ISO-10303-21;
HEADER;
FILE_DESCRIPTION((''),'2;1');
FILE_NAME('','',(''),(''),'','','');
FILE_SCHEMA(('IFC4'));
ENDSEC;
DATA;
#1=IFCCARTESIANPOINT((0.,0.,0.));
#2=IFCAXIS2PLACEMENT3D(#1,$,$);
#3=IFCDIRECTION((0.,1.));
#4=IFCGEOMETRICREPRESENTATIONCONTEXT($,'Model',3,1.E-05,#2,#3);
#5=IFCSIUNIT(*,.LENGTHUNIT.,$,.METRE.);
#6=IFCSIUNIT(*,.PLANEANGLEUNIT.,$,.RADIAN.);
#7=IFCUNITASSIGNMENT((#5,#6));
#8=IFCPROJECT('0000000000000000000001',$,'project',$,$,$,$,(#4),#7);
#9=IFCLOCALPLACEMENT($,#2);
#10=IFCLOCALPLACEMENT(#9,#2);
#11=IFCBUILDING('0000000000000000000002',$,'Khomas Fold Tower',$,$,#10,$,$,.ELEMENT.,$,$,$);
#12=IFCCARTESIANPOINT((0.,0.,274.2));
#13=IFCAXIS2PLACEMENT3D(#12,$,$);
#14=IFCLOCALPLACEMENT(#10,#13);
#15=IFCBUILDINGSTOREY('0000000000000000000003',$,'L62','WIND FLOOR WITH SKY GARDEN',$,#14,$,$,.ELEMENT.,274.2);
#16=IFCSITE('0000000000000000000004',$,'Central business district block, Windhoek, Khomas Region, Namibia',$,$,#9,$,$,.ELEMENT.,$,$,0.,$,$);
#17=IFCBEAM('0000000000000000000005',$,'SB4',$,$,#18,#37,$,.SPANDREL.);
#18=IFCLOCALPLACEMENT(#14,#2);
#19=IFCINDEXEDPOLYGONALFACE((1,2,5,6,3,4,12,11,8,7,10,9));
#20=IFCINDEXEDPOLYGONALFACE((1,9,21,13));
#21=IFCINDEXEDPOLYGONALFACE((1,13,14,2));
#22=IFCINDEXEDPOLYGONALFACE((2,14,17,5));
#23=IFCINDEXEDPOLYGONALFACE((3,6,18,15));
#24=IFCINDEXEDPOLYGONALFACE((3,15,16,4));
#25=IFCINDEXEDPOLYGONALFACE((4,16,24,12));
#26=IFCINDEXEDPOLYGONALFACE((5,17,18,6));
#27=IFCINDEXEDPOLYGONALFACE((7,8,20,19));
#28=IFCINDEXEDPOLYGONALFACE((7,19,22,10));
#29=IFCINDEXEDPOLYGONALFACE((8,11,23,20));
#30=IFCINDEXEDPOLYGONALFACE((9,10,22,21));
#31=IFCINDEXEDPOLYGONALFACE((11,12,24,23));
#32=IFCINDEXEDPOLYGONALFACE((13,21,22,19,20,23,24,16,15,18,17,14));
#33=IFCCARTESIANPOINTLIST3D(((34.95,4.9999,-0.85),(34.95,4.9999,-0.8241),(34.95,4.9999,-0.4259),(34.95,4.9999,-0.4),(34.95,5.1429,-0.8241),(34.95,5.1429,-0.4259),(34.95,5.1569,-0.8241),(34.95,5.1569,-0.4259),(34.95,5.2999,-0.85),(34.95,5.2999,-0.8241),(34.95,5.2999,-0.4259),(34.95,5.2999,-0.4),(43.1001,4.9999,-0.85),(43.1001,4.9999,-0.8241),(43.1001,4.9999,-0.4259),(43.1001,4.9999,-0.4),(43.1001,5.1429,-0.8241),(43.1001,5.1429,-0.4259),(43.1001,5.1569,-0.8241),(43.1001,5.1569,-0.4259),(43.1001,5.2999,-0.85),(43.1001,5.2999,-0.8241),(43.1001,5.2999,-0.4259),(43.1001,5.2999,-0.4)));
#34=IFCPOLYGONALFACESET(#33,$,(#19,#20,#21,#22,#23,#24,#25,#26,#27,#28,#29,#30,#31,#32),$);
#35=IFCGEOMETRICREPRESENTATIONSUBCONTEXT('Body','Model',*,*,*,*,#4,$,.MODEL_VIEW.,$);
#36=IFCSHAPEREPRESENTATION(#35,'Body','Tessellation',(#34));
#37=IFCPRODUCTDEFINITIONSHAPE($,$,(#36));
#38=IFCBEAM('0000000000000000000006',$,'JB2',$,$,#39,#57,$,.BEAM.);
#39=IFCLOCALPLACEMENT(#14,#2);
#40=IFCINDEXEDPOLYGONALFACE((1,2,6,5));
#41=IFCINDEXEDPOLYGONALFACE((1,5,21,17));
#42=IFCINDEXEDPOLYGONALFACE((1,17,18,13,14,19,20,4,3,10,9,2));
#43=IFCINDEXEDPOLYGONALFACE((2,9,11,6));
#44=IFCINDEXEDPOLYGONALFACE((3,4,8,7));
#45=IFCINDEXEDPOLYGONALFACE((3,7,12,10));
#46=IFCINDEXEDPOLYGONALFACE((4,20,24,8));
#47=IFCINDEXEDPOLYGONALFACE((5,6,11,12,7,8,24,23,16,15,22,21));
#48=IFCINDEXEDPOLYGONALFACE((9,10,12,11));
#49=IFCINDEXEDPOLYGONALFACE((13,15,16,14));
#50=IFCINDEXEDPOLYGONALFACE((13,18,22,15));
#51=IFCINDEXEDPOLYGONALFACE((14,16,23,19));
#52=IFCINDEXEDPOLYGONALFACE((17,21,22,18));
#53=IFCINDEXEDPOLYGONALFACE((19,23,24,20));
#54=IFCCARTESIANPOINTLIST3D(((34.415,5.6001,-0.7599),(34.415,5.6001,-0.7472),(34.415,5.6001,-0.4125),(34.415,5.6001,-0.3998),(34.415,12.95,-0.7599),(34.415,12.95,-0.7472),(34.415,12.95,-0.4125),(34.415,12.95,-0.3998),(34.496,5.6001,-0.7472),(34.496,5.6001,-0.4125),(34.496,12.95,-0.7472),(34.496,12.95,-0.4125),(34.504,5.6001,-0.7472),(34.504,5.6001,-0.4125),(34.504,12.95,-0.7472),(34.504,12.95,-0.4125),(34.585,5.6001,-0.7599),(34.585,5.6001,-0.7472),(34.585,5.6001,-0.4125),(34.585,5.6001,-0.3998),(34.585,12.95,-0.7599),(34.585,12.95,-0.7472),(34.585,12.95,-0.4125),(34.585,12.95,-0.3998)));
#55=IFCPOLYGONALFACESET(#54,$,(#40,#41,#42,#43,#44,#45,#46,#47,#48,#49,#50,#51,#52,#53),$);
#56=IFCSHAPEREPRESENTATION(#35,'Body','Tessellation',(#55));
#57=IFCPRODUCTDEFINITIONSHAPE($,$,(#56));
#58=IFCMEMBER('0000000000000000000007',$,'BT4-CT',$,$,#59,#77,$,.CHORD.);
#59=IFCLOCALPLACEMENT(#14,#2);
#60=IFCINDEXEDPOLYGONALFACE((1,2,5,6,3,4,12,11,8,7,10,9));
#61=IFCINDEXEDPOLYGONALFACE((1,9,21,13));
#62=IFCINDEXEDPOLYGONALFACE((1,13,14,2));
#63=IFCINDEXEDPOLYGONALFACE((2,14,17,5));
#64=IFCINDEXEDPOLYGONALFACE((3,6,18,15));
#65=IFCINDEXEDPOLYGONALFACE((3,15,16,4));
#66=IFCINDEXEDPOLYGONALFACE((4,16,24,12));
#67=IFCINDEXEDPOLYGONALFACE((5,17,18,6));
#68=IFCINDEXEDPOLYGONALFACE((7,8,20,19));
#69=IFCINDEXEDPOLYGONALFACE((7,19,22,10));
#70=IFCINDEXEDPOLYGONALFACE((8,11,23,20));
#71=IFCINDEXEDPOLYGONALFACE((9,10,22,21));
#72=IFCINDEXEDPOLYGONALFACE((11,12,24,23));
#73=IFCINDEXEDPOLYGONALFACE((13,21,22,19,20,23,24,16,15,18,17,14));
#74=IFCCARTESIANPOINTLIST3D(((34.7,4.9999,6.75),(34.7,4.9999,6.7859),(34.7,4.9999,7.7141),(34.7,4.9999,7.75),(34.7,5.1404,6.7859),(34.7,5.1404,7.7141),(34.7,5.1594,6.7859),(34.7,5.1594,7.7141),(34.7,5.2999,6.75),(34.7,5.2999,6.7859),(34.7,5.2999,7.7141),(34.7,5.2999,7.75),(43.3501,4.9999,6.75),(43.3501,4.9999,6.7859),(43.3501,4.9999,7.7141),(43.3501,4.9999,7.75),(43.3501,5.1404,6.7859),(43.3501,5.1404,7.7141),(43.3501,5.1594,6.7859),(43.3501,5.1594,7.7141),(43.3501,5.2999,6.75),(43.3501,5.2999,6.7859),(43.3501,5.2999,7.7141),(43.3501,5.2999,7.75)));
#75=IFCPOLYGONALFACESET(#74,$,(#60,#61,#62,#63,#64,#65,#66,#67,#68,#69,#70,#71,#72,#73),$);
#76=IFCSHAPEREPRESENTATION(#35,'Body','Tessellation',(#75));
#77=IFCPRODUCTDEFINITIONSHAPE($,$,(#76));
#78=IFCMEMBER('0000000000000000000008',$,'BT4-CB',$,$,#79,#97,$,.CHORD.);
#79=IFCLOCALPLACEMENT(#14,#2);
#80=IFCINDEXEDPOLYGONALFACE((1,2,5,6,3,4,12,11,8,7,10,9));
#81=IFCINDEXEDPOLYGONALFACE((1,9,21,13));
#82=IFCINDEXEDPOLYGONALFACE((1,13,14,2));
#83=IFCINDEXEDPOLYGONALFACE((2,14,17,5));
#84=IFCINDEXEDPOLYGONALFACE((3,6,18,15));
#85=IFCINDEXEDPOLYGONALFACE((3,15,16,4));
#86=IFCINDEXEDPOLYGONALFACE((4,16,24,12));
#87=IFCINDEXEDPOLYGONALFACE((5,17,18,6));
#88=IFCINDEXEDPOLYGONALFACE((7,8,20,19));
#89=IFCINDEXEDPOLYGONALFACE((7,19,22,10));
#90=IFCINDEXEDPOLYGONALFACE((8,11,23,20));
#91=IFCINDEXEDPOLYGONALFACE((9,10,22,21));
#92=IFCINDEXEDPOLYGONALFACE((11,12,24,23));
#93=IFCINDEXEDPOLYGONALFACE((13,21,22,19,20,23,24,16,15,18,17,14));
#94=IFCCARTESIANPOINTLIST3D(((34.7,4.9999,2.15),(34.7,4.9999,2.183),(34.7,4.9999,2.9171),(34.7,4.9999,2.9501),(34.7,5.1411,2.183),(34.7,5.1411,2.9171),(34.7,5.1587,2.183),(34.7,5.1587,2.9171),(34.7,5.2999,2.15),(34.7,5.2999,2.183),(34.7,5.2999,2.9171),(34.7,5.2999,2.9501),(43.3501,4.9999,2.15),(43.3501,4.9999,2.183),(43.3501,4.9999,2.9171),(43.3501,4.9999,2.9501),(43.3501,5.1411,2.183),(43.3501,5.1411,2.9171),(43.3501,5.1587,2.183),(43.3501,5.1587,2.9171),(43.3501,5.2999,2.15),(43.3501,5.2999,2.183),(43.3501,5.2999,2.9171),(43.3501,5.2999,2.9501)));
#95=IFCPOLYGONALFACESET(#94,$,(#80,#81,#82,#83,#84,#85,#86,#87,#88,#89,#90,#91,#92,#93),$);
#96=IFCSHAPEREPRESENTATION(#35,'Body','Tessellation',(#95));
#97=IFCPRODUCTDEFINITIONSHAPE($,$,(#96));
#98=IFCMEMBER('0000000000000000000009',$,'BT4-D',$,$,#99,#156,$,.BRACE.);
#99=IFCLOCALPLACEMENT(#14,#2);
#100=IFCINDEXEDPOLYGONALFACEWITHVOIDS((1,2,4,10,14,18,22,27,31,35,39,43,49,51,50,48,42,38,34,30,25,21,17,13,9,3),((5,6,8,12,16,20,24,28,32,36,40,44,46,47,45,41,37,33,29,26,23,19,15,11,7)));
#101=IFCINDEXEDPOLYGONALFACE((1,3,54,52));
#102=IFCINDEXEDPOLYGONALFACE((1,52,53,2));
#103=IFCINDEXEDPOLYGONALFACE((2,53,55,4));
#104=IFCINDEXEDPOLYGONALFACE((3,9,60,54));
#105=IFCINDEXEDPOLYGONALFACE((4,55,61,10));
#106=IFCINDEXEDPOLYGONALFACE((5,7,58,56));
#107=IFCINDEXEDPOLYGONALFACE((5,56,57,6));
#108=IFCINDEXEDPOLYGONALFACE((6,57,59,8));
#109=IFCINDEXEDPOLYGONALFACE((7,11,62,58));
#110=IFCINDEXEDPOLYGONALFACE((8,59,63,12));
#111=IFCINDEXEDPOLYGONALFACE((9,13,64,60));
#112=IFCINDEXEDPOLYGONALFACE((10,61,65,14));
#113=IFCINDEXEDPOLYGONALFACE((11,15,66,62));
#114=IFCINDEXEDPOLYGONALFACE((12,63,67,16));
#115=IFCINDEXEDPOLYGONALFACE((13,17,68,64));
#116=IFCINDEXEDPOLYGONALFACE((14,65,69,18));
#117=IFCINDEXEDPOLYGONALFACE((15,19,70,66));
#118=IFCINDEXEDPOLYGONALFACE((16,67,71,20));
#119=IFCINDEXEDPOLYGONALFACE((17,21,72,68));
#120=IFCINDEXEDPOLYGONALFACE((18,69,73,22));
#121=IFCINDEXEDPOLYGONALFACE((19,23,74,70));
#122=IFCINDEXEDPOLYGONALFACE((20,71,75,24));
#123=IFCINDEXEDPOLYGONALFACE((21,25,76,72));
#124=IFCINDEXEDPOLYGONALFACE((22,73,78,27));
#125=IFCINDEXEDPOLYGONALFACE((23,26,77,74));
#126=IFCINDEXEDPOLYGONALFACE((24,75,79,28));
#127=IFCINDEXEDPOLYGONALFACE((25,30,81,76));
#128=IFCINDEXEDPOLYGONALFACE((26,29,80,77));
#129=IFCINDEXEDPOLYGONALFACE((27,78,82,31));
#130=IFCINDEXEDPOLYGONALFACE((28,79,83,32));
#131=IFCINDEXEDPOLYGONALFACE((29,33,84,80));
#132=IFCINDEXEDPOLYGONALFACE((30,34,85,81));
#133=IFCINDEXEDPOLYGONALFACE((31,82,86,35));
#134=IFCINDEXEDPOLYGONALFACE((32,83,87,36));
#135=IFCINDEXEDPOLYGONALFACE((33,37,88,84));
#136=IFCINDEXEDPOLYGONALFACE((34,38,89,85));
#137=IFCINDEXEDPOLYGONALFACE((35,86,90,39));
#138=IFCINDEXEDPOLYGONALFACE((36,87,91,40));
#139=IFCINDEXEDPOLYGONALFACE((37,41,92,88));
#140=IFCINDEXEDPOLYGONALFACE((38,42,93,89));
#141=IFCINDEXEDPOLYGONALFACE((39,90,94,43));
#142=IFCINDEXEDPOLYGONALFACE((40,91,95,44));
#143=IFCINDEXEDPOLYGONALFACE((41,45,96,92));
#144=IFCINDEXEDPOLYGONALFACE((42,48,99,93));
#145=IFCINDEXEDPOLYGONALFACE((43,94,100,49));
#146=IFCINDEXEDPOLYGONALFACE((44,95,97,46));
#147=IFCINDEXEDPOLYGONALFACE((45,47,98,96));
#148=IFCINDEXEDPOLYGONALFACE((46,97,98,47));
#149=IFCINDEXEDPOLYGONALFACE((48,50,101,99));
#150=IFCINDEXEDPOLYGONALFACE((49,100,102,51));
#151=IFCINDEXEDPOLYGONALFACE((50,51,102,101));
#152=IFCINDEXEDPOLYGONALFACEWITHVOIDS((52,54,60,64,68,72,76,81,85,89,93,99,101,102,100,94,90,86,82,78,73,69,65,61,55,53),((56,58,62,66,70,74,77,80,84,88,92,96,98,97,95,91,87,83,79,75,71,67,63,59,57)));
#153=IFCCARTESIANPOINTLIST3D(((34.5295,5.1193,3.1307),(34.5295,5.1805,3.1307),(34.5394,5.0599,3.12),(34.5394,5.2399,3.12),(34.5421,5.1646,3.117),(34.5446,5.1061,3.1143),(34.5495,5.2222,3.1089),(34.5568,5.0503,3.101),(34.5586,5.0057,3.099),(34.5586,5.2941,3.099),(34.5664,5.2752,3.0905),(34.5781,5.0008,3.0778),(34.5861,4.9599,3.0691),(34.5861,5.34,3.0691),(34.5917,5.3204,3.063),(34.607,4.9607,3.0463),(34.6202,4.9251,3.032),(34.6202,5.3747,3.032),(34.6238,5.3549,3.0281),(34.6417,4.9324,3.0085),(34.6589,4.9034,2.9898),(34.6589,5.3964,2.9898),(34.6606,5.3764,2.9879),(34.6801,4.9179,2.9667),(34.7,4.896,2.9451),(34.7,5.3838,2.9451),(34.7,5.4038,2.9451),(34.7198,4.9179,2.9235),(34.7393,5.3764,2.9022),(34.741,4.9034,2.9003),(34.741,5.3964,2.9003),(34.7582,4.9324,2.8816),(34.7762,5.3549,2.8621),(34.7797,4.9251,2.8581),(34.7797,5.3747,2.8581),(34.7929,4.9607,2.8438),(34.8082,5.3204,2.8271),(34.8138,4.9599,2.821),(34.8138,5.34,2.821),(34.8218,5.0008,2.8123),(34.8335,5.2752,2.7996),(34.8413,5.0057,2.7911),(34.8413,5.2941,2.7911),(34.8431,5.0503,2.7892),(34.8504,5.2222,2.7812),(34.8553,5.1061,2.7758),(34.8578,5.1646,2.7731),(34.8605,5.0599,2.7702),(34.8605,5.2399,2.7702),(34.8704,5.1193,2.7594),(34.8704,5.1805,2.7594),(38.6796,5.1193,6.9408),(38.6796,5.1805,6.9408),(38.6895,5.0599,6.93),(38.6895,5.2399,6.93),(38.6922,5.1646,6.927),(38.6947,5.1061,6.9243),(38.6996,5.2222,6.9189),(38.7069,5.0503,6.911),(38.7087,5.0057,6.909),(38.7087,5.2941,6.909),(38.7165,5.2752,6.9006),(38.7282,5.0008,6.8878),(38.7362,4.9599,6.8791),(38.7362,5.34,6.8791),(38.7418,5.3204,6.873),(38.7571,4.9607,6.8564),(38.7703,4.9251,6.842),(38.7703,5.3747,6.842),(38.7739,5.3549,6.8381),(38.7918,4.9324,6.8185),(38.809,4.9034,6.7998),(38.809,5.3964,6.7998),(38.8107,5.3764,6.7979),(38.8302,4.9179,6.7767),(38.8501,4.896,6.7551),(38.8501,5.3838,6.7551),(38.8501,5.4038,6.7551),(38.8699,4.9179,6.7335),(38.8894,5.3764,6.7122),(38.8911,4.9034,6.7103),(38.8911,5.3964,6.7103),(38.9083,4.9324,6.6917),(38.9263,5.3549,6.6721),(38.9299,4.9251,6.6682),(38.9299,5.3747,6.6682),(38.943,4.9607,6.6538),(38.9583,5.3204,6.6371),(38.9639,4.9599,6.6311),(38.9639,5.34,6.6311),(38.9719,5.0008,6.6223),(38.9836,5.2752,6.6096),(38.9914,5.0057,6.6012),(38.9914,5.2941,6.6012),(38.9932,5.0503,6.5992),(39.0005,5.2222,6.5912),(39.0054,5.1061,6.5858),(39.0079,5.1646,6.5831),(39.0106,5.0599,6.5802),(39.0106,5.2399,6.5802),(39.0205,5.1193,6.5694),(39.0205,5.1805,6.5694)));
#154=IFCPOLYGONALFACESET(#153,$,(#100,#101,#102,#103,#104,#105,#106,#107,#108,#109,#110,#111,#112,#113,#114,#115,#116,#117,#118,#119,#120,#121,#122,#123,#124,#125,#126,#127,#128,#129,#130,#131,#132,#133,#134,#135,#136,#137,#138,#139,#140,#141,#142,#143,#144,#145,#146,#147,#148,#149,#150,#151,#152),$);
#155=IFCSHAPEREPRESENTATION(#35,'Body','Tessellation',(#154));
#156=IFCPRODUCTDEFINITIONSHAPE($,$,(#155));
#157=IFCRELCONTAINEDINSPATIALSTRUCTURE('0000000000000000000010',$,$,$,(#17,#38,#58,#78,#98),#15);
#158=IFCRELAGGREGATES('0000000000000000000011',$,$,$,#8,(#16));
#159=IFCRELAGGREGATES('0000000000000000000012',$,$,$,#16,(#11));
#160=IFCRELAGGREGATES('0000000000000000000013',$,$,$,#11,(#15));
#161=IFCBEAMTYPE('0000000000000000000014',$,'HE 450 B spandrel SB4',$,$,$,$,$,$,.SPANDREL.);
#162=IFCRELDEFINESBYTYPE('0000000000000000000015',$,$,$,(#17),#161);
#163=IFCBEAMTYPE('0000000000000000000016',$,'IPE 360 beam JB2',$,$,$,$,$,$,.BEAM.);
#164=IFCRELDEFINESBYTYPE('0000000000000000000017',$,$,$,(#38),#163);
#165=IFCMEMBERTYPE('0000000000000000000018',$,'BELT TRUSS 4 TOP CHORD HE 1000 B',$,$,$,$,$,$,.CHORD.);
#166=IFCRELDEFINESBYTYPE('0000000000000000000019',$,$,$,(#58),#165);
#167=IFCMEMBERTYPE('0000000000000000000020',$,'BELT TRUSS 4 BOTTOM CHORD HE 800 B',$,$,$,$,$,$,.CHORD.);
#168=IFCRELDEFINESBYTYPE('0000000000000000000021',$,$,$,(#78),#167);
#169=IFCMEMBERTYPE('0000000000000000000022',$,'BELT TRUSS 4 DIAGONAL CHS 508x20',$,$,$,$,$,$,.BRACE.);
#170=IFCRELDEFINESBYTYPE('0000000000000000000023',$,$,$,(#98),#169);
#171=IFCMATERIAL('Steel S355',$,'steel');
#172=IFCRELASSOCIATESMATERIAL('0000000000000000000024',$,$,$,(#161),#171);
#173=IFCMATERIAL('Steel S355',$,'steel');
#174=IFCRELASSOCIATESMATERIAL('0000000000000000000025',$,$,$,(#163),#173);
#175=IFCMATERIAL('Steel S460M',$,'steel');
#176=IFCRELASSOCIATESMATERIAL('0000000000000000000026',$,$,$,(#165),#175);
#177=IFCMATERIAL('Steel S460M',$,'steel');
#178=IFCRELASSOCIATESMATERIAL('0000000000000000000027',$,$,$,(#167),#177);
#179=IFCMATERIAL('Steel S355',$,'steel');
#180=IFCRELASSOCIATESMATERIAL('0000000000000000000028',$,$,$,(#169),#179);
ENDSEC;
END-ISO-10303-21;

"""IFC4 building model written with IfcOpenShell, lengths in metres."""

from ifc_helpers import new_model, si_unit, direction, frame, origin, origin_2d, place, context, subcontext, project, spatial, hollow_circle, i_section, extrude, source, transform, mapped, material, material_profile, profile_set, type_object, element, save


model = new_model("IFC4")

# Units and contexts
model_context = context("Model", 3, precision=1e-05, world=origin(), true_north=direction((0.0, 1.0)))
body_context = subcontext(model_context, "Body", "Model", "MODEL_VIEW")
ifc_project = project(units=[si_unit("LENGTHUNIT", "METRE"), si_unit("PLANEANGLEUNIT", "RADIAN")], contexts=[model_context])

# Site, building, storey
site_placement = place(None, origin())
site = spatial("IfcSite", under=ifc_project, at=site_placement, Name="Central business district block, Windhoek, Khomas Region, Namibia", CompositionType="ELEMENT", RefElevation=0.0)
building_placement = place(site_placement, origin())
building = spatial("IfcBuilding", under=site, at=building_placement, Name="Khomas Fold Tower", CompositionType="ELEMENT")
storey_placement = place(building_placement, frame((0.0, 0.0, 274.2)))
storey = spatial("IfcBuildingStorey", under=building, at=storey_placement, Name="L62", Description="WIND FLOOR WITH SKY GARDEN", CompositionType="ELEMENT", Elevation=274.2)

# Beams
ifc_material_1 = material(Name="Steel S355", Category="steel")
ifc_material_profile_1 = material_profile(ifc_material_1, i_section(OverallWidth=0.3, OverallDepth=0.45, WebThickness=0.0139, FlangeThickness=0.0259, at=origin_2d()), Name="HE 450 B")
ifc_profile_set_1 = profile_set([ifc_material_profile_1], Name="Steel S355")
beam_type_1 = type_object("IfcBeamType", Name="HE 450 B spandrel SB4", PredefinedType="SPANDREL", material=ifc_profile_set_1)
shared_shape_1 = source(origin(), body_context, "Body", "SweptSolid", [
    extrude(i_section(OverallWidth=0.3, OverallDepth=0.45, WebThickness=0.0139, FlangeThickness=0.0259, at=origin_2d()), origin(), (0.0, 0.0, 1.0), 8.1501),
])
beam_1_placement = place(storey_placement, frame((34.95, 5.1499, -0.625), z_axis=(1.0, 0.0, 0.0), x_axis=(0.0, 1.0, 0.0)))
element("IfcBeam", 1, at=beam_1_placement, inside=storey, type_object=beam_type_1, Name="SB4", PredefinedType="SPANDREL", context=body_context, shape_type="MappedRepresentation", body=[
    mapped(shared_shape_1, transform((0.0, 0.0, 0.0))),
])
ifc_material_2 = material(Name="Steel S355", Category="steel")
ifc_material_profile_2 = material_profile(ifc_material_2, i_section(OverallWidth=0.1699, OverallDepth=0.3601, WebThickness=0.0081, FlangeThickness=0.0127, at=origin_2d()), Name="IPE 360")
ifc_profile_set_2 = profile_set([ifc_material_profile_2], Name="Steel S355")
beam_type_2 = type_object("IfcBeamType", Name="IPE 360 beam JB2", PredefinedType="BEAM", material=ifc_profile_set_2)
shared_shape_2 = source(origin(), body_context, "Body", "SweptSolid", [
    extrude(i_section(OverallWidth=0.1699, OverallDepth=0.3601, WebThickness=0.0081, FlangeThickness=0.0127, at=origin_2d()), origin(), (0.0, 0.0, 1.0), 7.3499),
])
beam_2_placement = place(storey_placement, frame((34.5, 5.6001, -0.5798), z_axis=(0.0, 1.0, 0.0), x_axis=(-1.0, 0.0, 0.0)))
element("IfcBeam", 2, at=beam_2_placement, inside=storey, type_object=beam_type_2, Name="JB2", PredefinedType="BEAM", context=body_context, shape_type="MappedRepresentation", body=[
    mapped(shared_shape_2, transform((0.0, 0.0, 0.0))),
])

# Members
ifc_material_3 = material(Name="Steel S460M", Category="steel")
ifc_material_profile_3 = material_profile(ifc_material_3, i_section(OverallWidth=0.3, OverallDepth=1.0, WebThickness=0.019, FlangeThickness=0.0359, at=origin_2d()), Name="HE 1000 B")
ifc_profile_set_3 = profile_set([ifc_material_profile_3], Name="Steel S460M")
member_type_1 = type_object("IfcMemberType", Name="BELT TRUSS 4 TOP CHORD HE 1000 B", PredefinedType="CHORD", material=ifc_profile_set_3)
shared_shape_3 = source(origin(), body_context, "Body", "SweptSolid", [
    extrude(i_section(OverallWidth=0.3, OverallDepth=1.0, WebThickness=0.019, FlangeThickness=0.0359, at=origin_2d()), origin(), (0.0, 0.0, 1.0), 8.6501),
])
member_1_placement = place(storey_placement, frame((34.7, 5.1499, 7.25), z_axis=(1.0, 0.0, 0.0), x_axis=(0.0, 1.0, 0.0)))
element("IfcMember", 3, at=member_1_placement, inside=storey, type_object=member_type_1, Name="BT4-CT", PredefinedType="CHORD", context=body_context, shape_type="MappedRepresentation", body=[
    mapped(shared_shape_3, transform((0.0, 0.0, 0.0))),
])
ifc_material_4 = material(Name="Steel S460M", Category="steel")
ifc_material_profile_4 = material_profile(ifc_material_4, i_section(OverallWidth=0.3, OverallDepth=0.8, WebThickness=0.0176, FlangeThickness=0.033, at=origin_2d()), Name="HE 800 B")
ifc_profile_set_4 = profile_set([ifc_material_profile_4], Name="Steel S460M")
member_type_2 = type_object("IfcMemberType", Name="BELT TRUSS 4 BOTTOM CHORD HE 800 B", PredefinedType="CHORD", material=ifc_profile_set_4)
shared_shape_4 = source(origin(), body_context, "Body", "SweptSolid", [
    extrude(i_section(OverallWidth=0.3, OverallDepth=0.8, WebThickness=0.0176, FlangeThickness=0.033, at=origin_2d()), origin(), (0.0, 0.0, 1.0), 8.6501),
])
member_2_placement = place(storey_placement, frame((34.7, 5.1499, 2.55), z_axis=(1.0, 0.0, 0.0), x_axis=(0.0, 1.0, 0.0)))
element("IfcMember", 4, at=member_2_placement, inside=storey, type_object=member_type_2, Name="BT4-CB", PredefinedType="CHORD", context=body_context, shape_type="MappedRepresentation", body=[
    mapped(shared_shape_4, transform((0.0, 0.0, 0.0))),
])
ifc_material_5 = material(Name="Steel S355", Category="steel")
ifc_material_profile_5 = material_profile(ifc_material_5, hollow_circle(Radius=0.2539, WallThickness=0.02, at=origin_2d()), Name="CHS 508x20")
ifc_profile_set_5 = profile_set([ifc_material_profile_5], Name="Steel S355")
member_type_3 = type_object("IfcMemberType", Name="BELT TRUSS 4 DIAGONAL CHS 508x20", PredefinedType="BRACE", material=ifc_profile_set_5)
shared_shape_5 = source(origin(), body_context, "Body", "SweptSolid", [
    extrude(hollow_circle(Radius=0.2539, WallThickness=0.02, at=origin_2d()), origin(), (0.0, 0.0, 1.0), 5.6338),
])
for number, where, z_axis, x_axis, name in (
    (5, (34.7, 5.1499, 2.9451), (0.736645, 0.0, 0.67628), (0.0, 1.0, 0.0), "BT4-D"),
):
    element("IfcMember", number, at=place(storey_placement, frame(where, z_axis=z_axis, x_axis=x_axis)), inside=storey, type_object=member_type_3, Name=name, PredefinedType="BRACE", context=body_context, shape_type="MappedRepresentation", body=[
        mapped(shared_shape_5, transform((0.0, 0.0, 0.0))),
    ])

save(model, "model.ifc")
